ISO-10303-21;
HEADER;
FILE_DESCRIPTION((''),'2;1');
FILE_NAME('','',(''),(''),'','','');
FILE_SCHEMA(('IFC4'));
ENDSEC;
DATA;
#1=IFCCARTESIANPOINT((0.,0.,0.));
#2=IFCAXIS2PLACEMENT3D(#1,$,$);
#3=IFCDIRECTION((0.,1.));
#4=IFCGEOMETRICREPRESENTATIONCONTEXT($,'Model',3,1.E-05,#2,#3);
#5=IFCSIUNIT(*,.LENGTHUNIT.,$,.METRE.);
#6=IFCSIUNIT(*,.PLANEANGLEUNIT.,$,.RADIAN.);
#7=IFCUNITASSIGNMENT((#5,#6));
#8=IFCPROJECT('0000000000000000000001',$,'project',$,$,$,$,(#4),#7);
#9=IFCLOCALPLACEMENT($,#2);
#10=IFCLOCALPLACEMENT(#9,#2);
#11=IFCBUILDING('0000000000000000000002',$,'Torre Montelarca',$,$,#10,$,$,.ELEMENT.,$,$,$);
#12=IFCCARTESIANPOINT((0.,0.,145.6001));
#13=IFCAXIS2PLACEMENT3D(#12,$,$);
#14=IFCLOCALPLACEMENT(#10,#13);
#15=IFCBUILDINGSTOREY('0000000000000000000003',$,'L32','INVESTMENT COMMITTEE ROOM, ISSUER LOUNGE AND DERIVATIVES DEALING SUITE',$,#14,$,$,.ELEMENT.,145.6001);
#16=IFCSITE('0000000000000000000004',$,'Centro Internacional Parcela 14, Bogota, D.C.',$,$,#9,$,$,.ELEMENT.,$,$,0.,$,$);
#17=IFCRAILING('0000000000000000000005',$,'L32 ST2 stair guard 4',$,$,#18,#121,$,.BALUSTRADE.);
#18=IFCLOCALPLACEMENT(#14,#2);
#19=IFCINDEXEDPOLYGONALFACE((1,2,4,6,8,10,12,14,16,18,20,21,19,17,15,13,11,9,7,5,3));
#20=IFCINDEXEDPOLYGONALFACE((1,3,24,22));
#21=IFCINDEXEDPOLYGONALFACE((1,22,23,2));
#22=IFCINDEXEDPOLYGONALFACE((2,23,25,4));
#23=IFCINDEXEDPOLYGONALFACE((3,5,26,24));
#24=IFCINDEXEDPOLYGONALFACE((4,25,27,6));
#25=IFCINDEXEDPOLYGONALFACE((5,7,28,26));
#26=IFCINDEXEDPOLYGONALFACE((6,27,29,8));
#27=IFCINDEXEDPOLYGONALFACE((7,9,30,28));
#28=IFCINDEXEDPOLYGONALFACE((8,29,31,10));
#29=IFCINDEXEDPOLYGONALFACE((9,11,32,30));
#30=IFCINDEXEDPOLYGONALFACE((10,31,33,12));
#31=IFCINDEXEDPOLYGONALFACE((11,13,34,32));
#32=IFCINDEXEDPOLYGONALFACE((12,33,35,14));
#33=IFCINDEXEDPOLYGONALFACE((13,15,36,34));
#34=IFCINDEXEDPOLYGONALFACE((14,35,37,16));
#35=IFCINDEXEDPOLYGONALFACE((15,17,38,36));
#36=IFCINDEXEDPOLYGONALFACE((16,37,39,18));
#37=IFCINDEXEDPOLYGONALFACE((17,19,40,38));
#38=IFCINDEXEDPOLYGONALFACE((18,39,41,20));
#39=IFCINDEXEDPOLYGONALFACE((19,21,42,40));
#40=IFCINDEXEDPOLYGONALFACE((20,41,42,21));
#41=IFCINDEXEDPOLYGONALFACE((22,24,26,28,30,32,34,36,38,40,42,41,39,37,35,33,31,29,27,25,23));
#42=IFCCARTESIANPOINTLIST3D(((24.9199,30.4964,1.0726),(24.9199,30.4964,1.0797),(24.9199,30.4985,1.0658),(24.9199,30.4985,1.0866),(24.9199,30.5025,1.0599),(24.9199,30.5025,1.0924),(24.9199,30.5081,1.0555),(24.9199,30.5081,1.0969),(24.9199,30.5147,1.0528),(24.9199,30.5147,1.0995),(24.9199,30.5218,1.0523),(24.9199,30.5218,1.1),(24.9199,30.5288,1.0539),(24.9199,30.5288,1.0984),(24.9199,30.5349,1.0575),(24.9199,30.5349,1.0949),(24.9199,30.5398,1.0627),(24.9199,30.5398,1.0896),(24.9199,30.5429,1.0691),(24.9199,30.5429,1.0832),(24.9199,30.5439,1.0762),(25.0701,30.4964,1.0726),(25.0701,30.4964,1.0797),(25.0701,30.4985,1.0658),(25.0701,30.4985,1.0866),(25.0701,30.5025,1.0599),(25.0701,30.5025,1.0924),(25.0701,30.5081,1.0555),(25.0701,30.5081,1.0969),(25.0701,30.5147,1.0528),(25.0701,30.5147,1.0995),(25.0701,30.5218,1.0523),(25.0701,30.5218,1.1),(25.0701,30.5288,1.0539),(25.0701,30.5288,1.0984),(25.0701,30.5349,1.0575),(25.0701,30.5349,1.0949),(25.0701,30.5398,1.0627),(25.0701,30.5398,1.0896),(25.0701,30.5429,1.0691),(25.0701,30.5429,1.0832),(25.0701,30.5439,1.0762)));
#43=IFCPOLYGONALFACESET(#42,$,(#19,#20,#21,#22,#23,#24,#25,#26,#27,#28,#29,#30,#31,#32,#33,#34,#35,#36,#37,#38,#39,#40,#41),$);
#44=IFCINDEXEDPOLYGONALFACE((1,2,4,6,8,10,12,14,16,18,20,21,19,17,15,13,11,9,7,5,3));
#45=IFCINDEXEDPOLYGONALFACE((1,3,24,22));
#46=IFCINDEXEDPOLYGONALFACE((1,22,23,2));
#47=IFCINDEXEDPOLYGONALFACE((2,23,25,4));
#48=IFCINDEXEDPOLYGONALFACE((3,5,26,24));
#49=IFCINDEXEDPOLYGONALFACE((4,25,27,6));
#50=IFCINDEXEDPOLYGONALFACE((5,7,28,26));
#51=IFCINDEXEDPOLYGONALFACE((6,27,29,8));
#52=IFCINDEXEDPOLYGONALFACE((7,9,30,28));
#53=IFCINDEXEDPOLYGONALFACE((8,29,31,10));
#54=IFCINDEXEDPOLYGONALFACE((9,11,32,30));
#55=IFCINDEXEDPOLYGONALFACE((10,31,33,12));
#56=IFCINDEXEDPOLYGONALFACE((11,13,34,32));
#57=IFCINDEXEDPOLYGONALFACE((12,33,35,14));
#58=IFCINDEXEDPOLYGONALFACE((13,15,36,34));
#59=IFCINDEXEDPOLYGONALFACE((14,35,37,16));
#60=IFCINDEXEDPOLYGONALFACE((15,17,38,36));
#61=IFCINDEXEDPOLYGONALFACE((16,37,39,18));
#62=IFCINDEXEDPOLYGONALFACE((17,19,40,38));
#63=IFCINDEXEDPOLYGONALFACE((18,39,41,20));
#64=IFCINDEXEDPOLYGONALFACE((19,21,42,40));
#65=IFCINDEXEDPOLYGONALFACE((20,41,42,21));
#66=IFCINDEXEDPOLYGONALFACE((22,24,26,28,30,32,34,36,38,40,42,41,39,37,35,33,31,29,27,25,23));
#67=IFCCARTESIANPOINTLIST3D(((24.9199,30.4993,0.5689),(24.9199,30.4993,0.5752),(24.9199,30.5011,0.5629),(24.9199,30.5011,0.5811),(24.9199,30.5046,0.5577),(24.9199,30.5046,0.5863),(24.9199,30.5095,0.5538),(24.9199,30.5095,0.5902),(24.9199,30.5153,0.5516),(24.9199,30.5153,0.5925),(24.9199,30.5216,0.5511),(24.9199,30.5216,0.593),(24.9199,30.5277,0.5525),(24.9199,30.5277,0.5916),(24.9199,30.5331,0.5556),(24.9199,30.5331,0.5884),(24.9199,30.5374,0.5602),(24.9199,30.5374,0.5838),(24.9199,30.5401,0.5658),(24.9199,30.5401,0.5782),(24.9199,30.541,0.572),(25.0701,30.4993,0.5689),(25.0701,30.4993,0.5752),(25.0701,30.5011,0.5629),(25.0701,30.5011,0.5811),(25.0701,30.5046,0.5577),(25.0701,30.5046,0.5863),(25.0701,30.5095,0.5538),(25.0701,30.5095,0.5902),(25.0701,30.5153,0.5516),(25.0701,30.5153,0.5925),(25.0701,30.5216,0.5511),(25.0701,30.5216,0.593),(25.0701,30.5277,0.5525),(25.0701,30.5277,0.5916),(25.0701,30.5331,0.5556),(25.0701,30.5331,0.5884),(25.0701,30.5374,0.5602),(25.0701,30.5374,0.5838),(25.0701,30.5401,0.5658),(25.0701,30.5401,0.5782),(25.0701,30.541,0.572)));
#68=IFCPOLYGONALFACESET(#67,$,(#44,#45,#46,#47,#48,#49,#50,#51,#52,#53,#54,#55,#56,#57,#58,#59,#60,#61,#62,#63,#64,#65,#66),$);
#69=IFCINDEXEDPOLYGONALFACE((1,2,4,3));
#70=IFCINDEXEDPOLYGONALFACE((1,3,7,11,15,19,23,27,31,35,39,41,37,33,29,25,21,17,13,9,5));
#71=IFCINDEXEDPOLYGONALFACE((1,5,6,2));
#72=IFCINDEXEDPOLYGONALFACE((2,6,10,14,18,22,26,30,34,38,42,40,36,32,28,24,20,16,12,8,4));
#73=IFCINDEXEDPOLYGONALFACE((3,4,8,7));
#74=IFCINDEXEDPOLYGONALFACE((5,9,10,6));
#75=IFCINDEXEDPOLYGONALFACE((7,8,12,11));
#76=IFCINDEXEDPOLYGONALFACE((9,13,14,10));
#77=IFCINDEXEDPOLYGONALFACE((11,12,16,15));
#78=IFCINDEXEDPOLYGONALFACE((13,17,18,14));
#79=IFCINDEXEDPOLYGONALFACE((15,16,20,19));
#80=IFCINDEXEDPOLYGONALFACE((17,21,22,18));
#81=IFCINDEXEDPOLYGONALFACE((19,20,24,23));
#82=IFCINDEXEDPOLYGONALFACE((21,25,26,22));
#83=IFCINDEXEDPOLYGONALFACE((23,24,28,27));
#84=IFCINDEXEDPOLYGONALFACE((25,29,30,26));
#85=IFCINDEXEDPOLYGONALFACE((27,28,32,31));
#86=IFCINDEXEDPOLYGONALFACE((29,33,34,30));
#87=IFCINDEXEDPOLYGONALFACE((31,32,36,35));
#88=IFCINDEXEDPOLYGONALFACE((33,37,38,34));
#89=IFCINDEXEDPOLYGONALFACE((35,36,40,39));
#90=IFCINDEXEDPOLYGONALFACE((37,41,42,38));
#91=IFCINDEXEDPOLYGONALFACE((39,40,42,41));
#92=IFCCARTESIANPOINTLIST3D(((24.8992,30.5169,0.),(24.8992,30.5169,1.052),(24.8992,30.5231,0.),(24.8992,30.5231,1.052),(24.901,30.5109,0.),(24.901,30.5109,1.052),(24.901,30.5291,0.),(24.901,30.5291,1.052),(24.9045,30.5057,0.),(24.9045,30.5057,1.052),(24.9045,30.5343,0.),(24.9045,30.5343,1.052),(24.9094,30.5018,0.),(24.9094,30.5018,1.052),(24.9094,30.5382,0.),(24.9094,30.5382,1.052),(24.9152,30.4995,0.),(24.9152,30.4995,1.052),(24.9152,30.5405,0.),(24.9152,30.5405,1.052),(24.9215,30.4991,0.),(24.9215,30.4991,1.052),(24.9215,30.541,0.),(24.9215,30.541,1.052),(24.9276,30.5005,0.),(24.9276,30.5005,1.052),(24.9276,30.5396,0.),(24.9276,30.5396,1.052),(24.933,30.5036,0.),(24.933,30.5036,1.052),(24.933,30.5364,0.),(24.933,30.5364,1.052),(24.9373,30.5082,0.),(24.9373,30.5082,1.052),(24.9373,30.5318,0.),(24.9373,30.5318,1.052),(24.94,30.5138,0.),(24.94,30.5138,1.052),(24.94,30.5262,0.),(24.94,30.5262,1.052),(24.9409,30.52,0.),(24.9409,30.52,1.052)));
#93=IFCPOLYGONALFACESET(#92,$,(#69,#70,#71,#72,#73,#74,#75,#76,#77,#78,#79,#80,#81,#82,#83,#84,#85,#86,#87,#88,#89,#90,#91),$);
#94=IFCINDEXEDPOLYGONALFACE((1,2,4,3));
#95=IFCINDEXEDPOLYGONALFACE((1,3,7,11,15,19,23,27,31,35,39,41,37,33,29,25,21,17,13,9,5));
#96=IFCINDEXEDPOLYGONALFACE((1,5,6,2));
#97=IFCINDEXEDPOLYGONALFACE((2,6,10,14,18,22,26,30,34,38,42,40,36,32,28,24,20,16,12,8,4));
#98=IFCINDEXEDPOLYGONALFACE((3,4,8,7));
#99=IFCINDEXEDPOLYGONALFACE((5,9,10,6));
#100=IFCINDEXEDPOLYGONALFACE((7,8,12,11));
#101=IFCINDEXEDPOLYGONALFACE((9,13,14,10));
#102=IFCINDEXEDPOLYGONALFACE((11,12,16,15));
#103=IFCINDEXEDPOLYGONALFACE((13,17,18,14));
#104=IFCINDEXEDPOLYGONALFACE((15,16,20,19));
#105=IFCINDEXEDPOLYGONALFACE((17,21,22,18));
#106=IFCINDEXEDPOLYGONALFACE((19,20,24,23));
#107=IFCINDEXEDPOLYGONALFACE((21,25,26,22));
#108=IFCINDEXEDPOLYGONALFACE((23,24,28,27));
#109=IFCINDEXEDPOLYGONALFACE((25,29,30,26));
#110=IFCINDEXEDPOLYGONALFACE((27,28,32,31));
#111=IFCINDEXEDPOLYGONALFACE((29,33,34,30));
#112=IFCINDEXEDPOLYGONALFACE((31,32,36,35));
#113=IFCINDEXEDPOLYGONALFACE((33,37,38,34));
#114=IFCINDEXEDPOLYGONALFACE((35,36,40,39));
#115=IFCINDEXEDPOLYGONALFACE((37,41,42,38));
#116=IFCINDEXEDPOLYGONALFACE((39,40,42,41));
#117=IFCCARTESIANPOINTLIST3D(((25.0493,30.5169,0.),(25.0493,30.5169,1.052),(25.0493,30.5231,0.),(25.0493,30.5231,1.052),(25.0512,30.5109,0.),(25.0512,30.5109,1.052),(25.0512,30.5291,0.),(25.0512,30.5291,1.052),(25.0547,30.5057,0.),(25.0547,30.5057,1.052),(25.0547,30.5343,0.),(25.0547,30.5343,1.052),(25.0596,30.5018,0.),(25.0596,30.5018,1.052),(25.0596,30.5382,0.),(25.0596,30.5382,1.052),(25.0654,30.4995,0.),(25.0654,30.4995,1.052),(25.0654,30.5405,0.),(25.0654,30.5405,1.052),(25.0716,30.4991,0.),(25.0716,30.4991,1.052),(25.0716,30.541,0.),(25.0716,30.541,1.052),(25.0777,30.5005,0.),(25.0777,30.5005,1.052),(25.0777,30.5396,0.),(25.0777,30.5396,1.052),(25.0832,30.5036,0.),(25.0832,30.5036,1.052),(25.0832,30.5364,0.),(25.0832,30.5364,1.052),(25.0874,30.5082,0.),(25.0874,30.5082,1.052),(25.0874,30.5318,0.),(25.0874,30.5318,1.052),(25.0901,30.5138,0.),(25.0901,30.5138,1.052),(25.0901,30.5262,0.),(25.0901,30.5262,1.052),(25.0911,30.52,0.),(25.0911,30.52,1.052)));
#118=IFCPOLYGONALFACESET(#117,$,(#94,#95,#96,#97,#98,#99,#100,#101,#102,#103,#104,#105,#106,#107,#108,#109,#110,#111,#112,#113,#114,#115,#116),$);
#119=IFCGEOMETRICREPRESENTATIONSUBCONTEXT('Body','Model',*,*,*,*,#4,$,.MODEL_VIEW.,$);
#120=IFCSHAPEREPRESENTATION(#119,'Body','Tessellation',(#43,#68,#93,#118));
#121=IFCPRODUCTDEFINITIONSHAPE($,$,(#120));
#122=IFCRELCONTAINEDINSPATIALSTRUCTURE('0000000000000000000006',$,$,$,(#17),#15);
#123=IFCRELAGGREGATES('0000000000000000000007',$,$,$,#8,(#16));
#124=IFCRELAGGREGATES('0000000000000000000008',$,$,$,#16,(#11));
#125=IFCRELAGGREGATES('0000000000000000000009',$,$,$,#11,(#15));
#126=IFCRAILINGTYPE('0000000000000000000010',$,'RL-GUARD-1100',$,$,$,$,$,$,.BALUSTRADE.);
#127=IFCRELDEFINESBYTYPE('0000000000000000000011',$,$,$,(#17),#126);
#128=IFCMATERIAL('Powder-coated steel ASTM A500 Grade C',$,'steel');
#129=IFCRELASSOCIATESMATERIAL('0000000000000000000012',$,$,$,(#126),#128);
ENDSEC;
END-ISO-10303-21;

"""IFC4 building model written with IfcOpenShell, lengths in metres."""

from ifc_helpers import new_model, si_unit, direction, frame, origin, origin_2d, place, context, subcontext, project, spatial, circle, extrude, material, type_object, element, save


model = new_model("IFC4")

# Units and contexts
model_context = context("Model", 3, precision=1e-05, world=origin(), true_north=direction((0.0, 1.0)))
body_context = subcontext(model_context, "Body", "Model", "MODEL_VIEW")
ifc_project = project(units=[si_unit("LENGTHUNIT", "METRE"), si_unit("PLANEANGLEUNIT", "RADIAN")], contexts=[model_context])

# Site, building, storey
site_placement = place(None, origin())
site = spatial("IfcSite", under=ifc_project, at=site_placement, Name="Centro Internacional Parcela 14, Bogota, D.C.", CompositionType="ELEMENT", RefElevation=0.0)
building_placement = place(site_placement, origin())
building = spatial("IfcBuilding", under=site, at=building_placement, Name="Torre Montelarca", CompositionType="ELEMENT")
storey_placement = place(building_placement, frame((0.0, 0.0, 145.6001)))
storey = spatial("IfcBuildingStorey", under=building, at=storey_placement, Name="L32", Description="INVESTMENT COMMITTEE ROOM, ISSUER LOUNGE AND DERIVATIVES DEALING SUITE", CompositionType="ELEMENT", Elevation=145.6001)

# Railing
ifc_material_1 = material(Name="Powder-coated steel ASTM A500 Grade C", Category="steel")
railing_type_1 = type_object("IfcRailingType", Name="RL-GUARD-1100", PredefinedType="BALUSTRADE", material=ifc_material_1)
railing_1_placement = place(storey_placement, frame((24.9199, 30.52, 0.0)))
element("IfcRailing", 1, at=railing_1_placement, inside=storey, type_object=railing_type_1, Name="L32 ST2 stair guard 4", PredefinedType="BALUSTRADE", context=body_context, shape_type="SweptSolid", body=[
    extrude(circle(Radius=0.0239, at=origin_2d()), frame((0.0, 0.0, 1.0762), z_axis=(1.0, 0.0, 0.0), x_axis=(0.0, 1.0, 0.0)), (0.0, 0.0, 1.0), 0.1501),
    extrude(circle(Radius=0.021, at=origin_2d()), frame((0.0, 0.0, 0.572), z_axis=(1.0, 0.0, 0.0), x_axis=(0.0, 1.0, 0.0)), (0.0, 0.0, 1.0), 0.1501),
    extrude(circle(Radius=0.021, at=origin_2d()), origin(), (0.0, 0.0, 1.0), 1.052),
    extrude(circle(Radius=0.021, at=origin_2d()), frame((0.1501, 0.0, 0.0)), (0.0, 0.0, 1.0), 1.052),
])

save(model, "model.ifc")
